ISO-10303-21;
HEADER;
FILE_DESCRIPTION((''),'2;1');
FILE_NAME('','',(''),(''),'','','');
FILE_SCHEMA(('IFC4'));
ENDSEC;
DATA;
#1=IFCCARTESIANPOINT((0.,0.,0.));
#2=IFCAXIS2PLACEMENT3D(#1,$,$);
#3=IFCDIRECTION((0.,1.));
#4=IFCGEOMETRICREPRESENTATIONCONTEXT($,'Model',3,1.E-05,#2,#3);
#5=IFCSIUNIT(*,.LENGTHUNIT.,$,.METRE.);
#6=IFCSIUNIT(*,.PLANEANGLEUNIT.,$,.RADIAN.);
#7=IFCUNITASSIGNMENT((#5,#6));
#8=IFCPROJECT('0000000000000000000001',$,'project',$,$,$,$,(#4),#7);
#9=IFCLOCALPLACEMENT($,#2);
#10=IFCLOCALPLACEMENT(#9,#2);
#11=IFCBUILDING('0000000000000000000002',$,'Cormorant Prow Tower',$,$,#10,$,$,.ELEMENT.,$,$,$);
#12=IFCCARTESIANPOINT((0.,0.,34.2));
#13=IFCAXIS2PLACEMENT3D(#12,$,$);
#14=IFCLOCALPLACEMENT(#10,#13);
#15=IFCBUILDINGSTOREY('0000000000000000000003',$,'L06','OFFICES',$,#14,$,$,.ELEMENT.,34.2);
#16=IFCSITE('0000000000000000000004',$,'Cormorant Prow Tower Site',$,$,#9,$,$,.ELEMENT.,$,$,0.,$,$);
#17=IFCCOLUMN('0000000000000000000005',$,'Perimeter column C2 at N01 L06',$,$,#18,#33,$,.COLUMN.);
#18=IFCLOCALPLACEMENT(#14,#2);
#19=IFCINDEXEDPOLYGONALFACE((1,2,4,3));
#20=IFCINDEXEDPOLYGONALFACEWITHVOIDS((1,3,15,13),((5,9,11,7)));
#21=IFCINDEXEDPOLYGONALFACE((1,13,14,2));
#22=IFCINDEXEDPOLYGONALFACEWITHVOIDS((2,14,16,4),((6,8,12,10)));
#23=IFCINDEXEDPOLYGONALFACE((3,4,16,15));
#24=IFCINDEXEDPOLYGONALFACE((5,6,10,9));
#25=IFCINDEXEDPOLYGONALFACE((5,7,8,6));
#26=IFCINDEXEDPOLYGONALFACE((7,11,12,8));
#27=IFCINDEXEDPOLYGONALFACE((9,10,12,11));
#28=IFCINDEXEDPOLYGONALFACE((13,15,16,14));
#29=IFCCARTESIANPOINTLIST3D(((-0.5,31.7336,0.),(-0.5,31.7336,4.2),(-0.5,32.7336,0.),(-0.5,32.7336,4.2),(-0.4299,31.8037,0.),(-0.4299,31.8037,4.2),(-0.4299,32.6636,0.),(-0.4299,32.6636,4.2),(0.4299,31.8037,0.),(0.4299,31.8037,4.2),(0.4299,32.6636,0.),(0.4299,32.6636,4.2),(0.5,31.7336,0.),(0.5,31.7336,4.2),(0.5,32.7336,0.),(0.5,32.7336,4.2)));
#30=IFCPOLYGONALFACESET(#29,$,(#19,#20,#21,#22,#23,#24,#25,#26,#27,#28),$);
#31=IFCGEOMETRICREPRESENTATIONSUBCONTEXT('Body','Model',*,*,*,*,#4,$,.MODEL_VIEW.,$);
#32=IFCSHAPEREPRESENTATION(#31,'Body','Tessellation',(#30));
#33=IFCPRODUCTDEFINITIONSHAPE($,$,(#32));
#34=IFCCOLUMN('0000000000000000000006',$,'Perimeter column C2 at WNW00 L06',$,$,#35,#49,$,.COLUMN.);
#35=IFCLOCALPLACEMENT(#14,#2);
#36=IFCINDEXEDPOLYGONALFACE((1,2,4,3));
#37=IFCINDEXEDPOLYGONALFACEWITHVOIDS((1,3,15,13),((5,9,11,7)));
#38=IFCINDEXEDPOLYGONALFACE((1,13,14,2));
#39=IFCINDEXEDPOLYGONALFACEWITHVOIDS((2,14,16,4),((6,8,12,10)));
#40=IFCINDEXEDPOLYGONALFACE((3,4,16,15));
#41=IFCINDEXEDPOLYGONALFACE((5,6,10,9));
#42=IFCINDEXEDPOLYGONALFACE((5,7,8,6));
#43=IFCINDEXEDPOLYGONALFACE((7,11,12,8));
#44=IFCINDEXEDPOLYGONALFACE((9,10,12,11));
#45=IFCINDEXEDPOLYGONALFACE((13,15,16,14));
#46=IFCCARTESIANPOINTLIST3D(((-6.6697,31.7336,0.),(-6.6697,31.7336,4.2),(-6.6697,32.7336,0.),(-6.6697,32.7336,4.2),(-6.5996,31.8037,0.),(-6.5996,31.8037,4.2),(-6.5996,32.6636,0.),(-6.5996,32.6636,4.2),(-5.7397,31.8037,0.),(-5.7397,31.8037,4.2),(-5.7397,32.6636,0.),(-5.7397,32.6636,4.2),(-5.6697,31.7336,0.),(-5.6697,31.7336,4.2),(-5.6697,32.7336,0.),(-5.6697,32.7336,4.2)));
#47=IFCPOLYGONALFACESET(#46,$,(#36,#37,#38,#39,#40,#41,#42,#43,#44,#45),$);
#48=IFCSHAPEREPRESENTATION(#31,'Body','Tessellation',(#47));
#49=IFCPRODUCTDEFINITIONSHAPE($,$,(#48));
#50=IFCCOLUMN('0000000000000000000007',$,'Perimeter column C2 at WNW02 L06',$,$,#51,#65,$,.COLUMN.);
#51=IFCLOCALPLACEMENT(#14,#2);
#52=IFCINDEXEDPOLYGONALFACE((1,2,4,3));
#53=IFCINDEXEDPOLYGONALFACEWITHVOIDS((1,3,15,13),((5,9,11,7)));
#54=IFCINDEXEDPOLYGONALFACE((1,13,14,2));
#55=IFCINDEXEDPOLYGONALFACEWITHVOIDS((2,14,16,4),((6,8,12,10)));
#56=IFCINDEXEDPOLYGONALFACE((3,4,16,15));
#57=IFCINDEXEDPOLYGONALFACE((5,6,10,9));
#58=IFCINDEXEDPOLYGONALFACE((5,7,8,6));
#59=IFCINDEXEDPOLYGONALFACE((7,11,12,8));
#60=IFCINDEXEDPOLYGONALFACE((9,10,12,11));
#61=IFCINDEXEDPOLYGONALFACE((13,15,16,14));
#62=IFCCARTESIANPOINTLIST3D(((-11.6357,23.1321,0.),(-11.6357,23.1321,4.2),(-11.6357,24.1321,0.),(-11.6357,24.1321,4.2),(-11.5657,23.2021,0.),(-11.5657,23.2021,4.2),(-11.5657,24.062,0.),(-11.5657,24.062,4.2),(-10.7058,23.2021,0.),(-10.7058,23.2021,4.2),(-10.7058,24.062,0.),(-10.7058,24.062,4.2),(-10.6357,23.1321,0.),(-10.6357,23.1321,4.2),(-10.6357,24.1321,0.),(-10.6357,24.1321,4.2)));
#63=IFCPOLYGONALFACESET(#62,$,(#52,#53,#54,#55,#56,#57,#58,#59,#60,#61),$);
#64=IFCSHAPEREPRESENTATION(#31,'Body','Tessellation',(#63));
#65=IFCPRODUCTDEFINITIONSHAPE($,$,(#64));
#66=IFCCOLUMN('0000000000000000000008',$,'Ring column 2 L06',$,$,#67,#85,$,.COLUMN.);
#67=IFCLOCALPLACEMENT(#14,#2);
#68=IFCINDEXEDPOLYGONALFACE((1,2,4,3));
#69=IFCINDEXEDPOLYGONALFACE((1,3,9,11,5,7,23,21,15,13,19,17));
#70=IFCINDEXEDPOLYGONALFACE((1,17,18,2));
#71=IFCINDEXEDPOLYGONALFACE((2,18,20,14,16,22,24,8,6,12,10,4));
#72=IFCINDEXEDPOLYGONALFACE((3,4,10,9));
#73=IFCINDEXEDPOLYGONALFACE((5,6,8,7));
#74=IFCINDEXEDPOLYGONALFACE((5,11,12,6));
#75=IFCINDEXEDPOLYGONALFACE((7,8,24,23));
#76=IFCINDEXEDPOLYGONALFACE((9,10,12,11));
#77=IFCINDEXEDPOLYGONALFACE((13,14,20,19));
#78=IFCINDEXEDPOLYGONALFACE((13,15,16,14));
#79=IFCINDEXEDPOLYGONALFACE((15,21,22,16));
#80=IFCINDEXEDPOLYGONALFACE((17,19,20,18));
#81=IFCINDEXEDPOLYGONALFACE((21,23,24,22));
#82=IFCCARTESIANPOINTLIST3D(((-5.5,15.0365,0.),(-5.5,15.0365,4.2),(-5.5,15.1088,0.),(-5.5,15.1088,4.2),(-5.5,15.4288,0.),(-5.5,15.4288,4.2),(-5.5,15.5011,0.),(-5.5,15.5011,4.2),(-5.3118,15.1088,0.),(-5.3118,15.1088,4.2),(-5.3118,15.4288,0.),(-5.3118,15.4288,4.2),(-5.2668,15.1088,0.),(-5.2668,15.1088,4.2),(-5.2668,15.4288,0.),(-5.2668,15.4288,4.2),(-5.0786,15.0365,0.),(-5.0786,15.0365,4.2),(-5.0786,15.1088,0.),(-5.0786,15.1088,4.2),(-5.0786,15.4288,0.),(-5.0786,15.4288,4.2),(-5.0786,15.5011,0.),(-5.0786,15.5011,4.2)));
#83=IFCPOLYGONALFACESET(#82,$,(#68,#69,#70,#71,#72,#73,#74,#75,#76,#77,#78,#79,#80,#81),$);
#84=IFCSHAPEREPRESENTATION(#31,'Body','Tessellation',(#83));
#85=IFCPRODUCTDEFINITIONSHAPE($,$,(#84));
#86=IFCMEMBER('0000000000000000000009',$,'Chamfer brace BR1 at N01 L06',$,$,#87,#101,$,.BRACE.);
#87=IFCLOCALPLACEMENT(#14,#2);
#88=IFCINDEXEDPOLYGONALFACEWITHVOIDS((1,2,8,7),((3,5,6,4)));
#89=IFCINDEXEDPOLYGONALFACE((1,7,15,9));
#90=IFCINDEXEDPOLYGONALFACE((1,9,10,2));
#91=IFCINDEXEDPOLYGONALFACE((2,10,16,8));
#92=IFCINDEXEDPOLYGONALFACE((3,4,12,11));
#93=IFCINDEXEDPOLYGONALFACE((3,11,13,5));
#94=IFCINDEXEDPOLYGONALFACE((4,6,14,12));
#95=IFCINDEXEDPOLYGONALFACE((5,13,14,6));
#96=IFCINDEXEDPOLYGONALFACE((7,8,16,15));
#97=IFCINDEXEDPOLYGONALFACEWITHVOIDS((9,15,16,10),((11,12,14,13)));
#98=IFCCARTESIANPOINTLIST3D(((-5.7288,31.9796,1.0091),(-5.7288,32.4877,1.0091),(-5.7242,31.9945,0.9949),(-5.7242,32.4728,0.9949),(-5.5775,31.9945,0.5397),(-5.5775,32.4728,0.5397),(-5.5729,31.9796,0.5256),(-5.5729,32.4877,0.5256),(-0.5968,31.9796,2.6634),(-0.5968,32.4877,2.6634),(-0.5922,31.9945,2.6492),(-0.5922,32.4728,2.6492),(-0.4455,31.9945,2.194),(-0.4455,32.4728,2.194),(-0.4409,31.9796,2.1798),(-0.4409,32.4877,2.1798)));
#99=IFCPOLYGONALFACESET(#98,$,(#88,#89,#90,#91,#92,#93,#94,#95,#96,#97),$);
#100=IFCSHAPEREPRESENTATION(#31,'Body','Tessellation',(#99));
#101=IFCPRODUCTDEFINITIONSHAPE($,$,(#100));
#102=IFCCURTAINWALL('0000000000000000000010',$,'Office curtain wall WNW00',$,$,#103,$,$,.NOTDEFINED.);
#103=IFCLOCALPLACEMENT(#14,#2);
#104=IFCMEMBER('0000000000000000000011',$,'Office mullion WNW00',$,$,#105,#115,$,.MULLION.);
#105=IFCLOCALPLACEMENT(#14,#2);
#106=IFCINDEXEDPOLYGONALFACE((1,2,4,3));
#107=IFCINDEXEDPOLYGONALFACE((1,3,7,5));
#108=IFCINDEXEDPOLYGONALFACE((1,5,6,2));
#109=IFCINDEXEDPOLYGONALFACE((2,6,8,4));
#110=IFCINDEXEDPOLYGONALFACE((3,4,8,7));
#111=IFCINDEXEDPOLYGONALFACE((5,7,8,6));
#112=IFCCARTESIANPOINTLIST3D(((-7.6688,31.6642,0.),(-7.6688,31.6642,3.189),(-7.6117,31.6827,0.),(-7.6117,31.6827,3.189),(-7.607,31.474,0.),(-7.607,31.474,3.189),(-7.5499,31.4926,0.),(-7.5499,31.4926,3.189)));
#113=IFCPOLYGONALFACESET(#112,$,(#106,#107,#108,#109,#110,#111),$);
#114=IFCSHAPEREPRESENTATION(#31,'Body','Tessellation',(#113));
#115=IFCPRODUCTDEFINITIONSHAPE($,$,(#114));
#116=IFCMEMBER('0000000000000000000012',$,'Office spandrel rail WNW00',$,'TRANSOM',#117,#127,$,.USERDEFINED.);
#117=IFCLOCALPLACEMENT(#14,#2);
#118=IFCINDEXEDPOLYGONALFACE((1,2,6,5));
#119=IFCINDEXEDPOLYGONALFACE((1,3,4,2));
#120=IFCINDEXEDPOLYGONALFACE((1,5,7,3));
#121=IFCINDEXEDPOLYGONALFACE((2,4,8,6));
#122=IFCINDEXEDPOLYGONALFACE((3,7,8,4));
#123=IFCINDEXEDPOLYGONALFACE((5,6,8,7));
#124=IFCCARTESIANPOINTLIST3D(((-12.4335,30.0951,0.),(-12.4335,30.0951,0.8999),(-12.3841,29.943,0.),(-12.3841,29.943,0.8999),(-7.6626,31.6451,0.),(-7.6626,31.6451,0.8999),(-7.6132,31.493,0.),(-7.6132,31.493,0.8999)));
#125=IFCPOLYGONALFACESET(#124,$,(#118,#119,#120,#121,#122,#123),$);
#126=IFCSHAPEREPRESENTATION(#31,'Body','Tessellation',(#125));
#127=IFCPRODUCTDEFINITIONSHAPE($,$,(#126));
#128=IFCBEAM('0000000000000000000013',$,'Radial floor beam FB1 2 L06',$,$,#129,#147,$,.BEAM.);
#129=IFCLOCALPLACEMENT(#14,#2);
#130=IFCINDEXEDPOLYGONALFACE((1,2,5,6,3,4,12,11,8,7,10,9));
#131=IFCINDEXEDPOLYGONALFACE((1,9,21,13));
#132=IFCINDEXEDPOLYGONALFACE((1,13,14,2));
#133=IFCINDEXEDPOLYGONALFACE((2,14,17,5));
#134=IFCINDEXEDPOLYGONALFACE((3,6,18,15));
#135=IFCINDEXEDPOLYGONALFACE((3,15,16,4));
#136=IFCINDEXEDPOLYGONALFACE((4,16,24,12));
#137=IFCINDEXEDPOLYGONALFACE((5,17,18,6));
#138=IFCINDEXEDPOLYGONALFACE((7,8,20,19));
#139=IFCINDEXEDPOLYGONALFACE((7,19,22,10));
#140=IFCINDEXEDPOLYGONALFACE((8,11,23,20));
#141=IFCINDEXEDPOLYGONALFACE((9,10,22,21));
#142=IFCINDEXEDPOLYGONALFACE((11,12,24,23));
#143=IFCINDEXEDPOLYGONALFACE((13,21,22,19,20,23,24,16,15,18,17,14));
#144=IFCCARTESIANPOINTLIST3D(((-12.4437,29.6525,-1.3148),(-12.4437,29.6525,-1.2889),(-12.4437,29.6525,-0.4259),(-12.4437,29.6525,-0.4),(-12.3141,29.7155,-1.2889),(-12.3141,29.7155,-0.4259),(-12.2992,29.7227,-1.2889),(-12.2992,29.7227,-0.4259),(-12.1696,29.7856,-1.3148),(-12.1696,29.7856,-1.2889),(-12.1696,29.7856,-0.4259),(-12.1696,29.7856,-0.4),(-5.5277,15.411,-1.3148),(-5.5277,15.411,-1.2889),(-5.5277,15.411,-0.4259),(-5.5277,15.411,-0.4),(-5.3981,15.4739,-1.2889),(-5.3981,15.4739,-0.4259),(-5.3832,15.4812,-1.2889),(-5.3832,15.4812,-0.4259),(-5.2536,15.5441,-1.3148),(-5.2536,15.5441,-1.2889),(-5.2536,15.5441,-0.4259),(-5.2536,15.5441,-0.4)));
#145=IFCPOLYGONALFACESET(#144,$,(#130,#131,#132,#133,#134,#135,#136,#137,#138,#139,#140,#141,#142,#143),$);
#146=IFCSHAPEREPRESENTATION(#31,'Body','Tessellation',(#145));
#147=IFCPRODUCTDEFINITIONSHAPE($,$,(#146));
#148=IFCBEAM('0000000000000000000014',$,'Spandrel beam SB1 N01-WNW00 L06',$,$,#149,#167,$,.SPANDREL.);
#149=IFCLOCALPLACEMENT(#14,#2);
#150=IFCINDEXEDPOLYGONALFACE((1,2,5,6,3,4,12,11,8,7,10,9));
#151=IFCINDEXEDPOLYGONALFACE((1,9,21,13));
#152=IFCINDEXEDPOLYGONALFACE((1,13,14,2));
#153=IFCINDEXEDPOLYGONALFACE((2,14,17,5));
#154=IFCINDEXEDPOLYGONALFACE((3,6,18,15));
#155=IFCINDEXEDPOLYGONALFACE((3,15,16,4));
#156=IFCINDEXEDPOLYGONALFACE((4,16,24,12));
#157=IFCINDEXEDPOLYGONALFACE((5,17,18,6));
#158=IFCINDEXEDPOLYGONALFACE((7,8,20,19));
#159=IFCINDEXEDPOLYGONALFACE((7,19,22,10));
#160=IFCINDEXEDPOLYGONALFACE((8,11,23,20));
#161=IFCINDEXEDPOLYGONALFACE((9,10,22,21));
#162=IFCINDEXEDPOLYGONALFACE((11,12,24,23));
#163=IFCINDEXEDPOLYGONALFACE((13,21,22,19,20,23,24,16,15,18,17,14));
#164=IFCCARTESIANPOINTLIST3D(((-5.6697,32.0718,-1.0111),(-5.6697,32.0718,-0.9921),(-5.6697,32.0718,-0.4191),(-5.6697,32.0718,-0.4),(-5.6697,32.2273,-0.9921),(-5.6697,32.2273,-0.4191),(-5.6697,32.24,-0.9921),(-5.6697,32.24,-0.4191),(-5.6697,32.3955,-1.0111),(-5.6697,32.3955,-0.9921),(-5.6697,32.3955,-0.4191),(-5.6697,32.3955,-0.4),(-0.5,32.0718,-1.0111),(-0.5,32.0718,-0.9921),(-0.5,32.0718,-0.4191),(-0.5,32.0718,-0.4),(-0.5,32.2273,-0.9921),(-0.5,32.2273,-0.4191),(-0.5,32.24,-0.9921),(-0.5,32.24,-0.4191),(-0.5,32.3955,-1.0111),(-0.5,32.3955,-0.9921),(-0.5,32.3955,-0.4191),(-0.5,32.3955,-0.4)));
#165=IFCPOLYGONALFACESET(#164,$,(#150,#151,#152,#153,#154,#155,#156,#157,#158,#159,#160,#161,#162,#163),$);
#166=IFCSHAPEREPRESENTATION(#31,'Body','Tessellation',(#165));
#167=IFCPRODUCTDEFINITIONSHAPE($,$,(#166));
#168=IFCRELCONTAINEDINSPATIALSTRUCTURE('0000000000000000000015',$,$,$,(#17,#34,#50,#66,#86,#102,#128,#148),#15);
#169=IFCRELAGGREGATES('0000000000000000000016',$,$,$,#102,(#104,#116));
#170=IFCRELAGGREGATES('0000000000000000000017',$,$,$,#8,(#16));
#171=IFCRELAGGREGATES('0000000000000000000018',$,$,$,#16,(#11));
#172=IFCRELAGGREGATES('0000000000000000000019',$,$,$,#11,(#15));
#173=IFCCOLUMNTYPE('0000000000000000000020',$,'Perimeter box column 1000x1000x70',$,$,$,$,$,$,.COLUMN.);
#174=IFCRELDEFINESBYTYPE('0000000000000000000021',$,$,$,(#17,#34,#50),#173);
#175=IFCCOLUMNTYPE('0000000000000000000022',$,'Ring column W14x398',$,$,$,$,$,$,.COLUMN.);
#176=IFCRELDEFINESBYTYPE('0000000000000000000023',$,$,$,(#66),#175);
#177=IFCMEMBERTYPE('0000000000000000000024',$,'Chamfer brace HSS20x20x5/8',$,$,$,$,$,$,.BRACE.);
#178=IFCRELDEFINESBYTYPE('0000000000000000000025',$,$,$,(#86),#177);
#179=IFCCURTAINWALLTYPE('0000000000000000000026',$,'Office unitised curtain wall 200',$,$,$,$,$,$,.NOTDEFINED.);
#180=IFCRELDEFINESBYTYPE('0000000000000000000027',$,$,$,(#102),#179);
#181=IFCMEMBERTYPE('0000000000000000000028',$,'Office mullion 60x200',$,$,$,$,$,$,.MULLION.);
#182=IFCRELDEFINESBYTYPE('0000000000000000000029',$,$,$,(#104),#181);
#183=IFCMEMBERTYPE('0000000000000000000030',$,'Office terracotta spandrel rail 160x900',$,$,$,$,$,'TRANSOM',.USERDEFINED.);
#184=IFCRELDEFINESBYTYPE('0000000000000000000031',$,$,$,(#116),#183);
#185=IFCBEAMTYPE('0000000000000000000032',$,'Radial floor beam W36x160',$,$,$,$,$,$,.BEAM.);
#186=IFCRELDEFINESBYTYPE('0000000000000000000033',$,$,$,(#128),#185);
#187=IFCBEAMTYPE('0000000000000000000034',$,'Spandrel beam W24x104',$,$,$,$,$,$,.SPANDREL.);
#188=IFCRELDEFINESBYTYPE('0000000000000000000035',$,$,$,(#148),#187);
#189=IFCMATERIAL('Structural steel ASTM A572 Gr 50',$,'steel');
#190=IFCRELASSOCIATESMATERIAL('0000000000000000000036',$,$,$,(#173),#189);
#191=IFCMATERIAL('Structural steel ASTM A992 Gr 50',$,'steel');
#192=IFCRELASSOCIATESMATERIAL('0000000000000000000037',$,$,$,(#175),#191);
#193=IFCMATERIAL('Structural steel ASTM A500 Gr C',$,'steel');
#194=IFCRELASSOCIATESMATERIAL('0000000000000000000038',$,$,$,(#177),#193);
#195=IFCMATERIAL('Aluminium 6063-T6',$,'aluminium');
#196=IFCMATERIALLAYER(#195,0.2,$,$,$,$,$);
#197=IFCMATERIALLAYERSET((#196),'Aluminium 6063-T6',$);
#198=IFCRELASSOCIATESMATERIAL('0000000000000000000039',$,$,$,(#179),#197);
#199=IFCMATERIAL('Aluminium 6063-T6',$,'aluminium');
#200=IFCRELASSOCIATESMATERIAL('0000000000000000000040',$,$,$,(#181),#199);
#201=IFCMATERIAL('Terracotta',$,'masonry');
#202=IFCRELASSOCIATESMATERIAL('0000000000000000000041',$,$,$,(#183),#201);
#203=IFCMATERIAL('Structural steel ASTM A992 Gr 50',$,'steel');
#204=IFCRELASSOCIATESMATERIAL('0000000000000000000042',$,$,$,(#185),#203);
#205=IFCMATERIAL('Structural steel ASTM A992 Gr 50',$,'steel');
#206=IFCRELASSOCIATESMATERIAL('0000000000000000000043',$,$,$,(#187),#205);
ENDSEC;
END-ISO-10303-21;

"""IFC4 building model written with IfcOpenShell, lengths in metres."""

from ifc_helpers import new_model, si_unit, direction, frame, origin, origin_2d, place, context, subcontext, project, spatial, rectangle, hollow_rectangle, i_section, extrude, material, layer, layer_set, material_profile, profile_set, type_object, element, aggregate, save


model = new_model("IFC4")

# Units and contexts
model_context = context("Model", 3, precision=1e-05, world=origin(), true_north=direction((0.0, 1.0)))
body_context = subcontext(model_context, "Body", "Model", "MODEL_VIEW")
ifc_project = project(units=[si_unit("LENGTHUNIT", "METRE"), si_unit("PLANEANGLEUNIT", "RADIAN")], contexts=[model_context])

# Site, building, storey
site_placement = place(None, origin())
site = spatial("IfcSite", under=ifc_project, at=site_placement, Name="Cormorant Prow Tower Site", CompositionType="ELEMENT", RefElevation=0.0)
building_placement = place(site_placement, origin())
building = spatial("IfcBuilding", under=site, at=building_placement, Name="Cormorant Prow Tower", CompositionType="ELEMENT")
storey_placement = place(building_placement, frame((0.0, 0.0, 34.2)))
storey = spatial("IfcBuildingStorey", under=building, at=storey_placement, Name="L06", Description="OFFICES", CompositionType="ELEMENT", Elevation=34.2)

# Columns
ifc_material_1 = material(Name="Structural steel ASTM A572 Gr 50", Category="steel")
ifc_material_profile_1 = material_profile(ifc_material_1, hollow_rectangle(XDim=1.0, YDim=1.0, WallThickness=0.0701, at=origin_2d()), Name="Box 1000x1000x70")
ifc_profile_set_1 = profile_set([ifc_material_profile_1], Name="Structural steel ASTM A572 Gr 50")
column_type_1 = type_object("IfcColumnType", Name="Perimeter box column 1000x1000x70", PredefinedType="COLUMN", material=ifc_profile_set_1)
for number, where, z_axis, x_axis, name in (
    (1, (0.0, 32.2336, 0.0), (0.0, 0.0, 1.0), (1.0, 0.0, 0.0), "Perimeter column C2 at N01 L06"),
    (2, (-6.1697, 32.2336, 0.0), (0.0, 0.0, 1.0), (1.0, 0.0, 0.0), "Perimeter column C2 at WNW00 L06"),
    (3, (-11.1357, 23.6321, 0.0), (0.0, 0.0, 1.0), (1.0, 0.0, 0.0), "Perimeter column C2 at WNW02 L06"),
):
    element("IfcColumn", number, at=place(storey_placement, frame(where, z_axis=z_axis, x_axis=x_axis)), inside=storey, type_object=column_type_1, Name=name, PredefinedType="COLUMN", context=body_context, shape_type="SweptSolid", body=[
        extrude(hollow_rectangle(XDim=1.0, YDim=1.0, WallThickness=0.0701, at=origin_2d()), origin(), (0.0, 0.0, 1.0), 4.2),
    ])
ifc_material_2 = material(Name="Structural steel ASTM A992 Gr 50", Category="steel")
ifc_material_profile_2 = material_profile(ifc_material_2, i_section(OverallWidth=0.4214, OverallDepth=0.4646, WebThickness=0.0449, FlangeThickness=0.0723, at=origin_2d()), Name="W14x398")
ifc_profile_set_2 = profile_set([ifc_material_profile_2], Name="Structural steel ASTM A992 Gr 50")
column_type_2 = type_object("IfcColumnType", Name="Ring column W14x398", PredefinedType="COLUMN", material=ifc_profile_set_2)
column_placement = place(storey_placement, frame((-5.2893, 15.2688, 0.0), z_axis=(0.0, 0.0, 1.0), x_axis=(1.0, 0.0, 0.0)))
element("IfcColumn", 4, at=column_placement, inside=storey, type_object=column_type_2, Name="Ring column 2 L06", PredefinedType="COLUMN", context=body_context, shape_type="SweptSolid", body=[
    extrude(i_section(OverallWidth=0.4214, OverallDepth=0.4646, WebThickness=0.0449, FlangeThickness=0.0723, at=origin_2d()), origin(), (0.0, 0.0, 1.0), 4.2),
])

# Member
ifc_material_3 = material(Name="Structural steel ASTM A500 Gr C", Category="steel")
ifc_material_profile_3 = material_profile(ifc_material_3, hollow_rectangle(XDim=0.5081, YDim=0.5081, WallThickness=0.0149, at=origin_2d()), Name="HSS20x20x5/8")
ifc_profile_set_3 = profile_set([ifc_material_profile_3], Name="Structural steel ASTM A500 Gr C")
member_type_1 = type_object("IfcMemberType", Name="Chamfer brace HSS20x20x5/8", PredefinedType="BRACE", material=ifc_profile_set_3)
member_1_placement = place(storey_placement, frame((-5.6509, 32.2336, 0.7673), z_axis=(0.951774, 0.0, 0.306799), x_axis=(0.0, 1.0, 0.0)))
element("IfcMember", 5, at=member_1_placement, inside=storey, type_object=member_type_1, Name="Chamfer brace BR1 at N01 L06", PredefinedType="BRACE", context=body_context, shape_type="SweptSolid", body=[
    extrude(hollow_rectangle(XDim=0.5081, YDim=0.5081, WallThickness=0.0149, at=origin_2d()), origin(), (0.0, 0.0, 1.0), 5.3921),
])

# Curtain wall, members
ifc_material_4 = material(Name="Aluminium 6063-T6", Category="aluminium")
ifc_layer_1 = layer(ifc_material_4, 0.2)
ifc_layer_set_1 = layer_set([ifc_layer_1], Name="Aluminium 6063-T6")
curtain_wall_type = type_object("IfcCurtainWallType", Name="Office unitised curtain wall 200", PredefinedType="NOTDEFINED", material=ifc_layer_set_1)
curtain_wall_placement = place(storey_placement, origin())
curtain_wall = element("IfcCurtainWall", 6, at=curtain_wall_placement, inside=storey, type_object=curtain_wall_type, Name="Office curtain wall WNW00", PredefinedType="NOTDEFINED")
ifc_material_5 = material(Name="Aluminium 6063-T6", Category="aluminium")
ifc_material_profile_4 = material_profile(ifc_material_5, rectangle(XDim=0.2, YDim=0.0601, at=origin_2d()), Name="Office mullion 60x200")
ifc_profile_set_4 = profile_set([ifc_material_profile_4], Name="Aluminium 6063-T6")
member_type_2 = type_object("IfcMemberType", Name="Office mullion 60x200", PredefinedType="MULLION", material=ifc_profile_set_4)
member_2_placement = place(storey_placement, frame((-7.6094, 31.5784, 0.0), z_axis=(0.0, 0.0, 1.0), x_axis=(0.309017, -0.951057, 0.0)))
member_2 = element("IfcMember", 7, at=member_2_placement, type_object=member_type_2, Name="Office mullion WNW00", PredefinedType="MULLION", context=body_context, shape_type="SweptSolid", body=[
    extrude(rectangle(XDim=0.2, YDim=0.0601, at=origin_2d()), origin(), (0.0, 0.0, 1.0), 3.189),
])
ifc_material_6 = material(Name="Terracotta", Category="masonry")
ifc_material_profile_5 = material_profile(ifc_material_6, rectangle(XDim=0.1599, YDim=0.8999, at=origin_2d()), Name="Office terracotta spandrel rail 160x900")
ifc_profile_set_5 = profile_set([ifc_material_profile_5], Name="Terracotta")
member_type_3 = type_object("IfcMemberType", Name="Office terracotta spandrel rail 160x900", ElementType="TRANSOM", PredefinedType="USERDEFINED", material=ifc_profile_set_5)
member_3_placement = place(storey_placement, frame((-7.6379, 31.5691, 0.45), z_axis=(-0.951065, -0.308991, 0.0), x_axis=(0.308991, -0.951065, 0.0)))
member_3 = element("IfcMember", 8, at=member_3_placement, type_object=member_type_3, Name="Office spandrel rail WNW00", ObjectType="TRANSOM", PredefinedType="USERDEFINED", context=body_context, shape_type="SweptSolid", body=[
    extrude(rectangle(XDim=0.1599, YDim=0.8999, at=origin_2d()), origin(), (0.0, 0.0, 1.0), 5.0164),
])

# Beams
ifc_material_7 = material(Name="Structural steel ASTM A992 Gr 50", Category="steel")
ifc_material_profile_6 = material_profile(ifc_material_7, i_section(OverallWidth=0.3047, OverallDepth=0.9148, WebThickness=0.0166, FlangeThickness=0.0259, at=origin_2d()), Name="W36x160")
ifc_profile_set_6 = profile_set([ifc_material_profile_6], Name="Structural steel ASTM A992 Gr 50")
beam_type_1 = type_object("IfcBeamType", Name="Radial floor beam W36x160", PredefinedType="BEAM", material=ifc_profile_set_6)
beam_1_placement = place(storey_placement, frame((-5.3906, 15.4775, -0.8574), z_axis=(-0.436839, 0.899539, 0.0), x_axis=(-0.899539, -0.436839, 0.0)))
element("IfcBeam", 9, at=beam_1_placement, inside=storey, type_object=beam_type_1, Name="Radial floor beam FB1 2 L06", PredefinedType="BEAM", context=body_context, shape_type="SweptSolid", body=[
    extrude(i_section(OverallWidth=0.3047, OverallDepth=0.9148, WebThickness=0.0166, FlangeThickness=0.0259, at=origin_2d()), origin(), (0.0, 0.0, 1.0), 15.832),
])
ifc_material_8 = material(Name="Structural steel ASTM A992 Gr 50", Category="steel")
ifc_material_profile_7 = material_profile(ifc_material_8, i_section(OverallWidth=0.3237, OverallDepth=0.6111, WebThickness=0.0127, FlangeThickness=0.019, at=origin_2d()), Name="W24x104")
ifc_profile_set_7 = profile_set([ifc_material_profile_7], Name="Structural steel ASTM A992 Gr 50")
beam_type_2 = type_object("IfcBeamType", Name="Spandrel beam W24x104", PredefinedType="SPANDREL", material=ifc_profile_set_7)
beam_2_placement = place(storey_placement, frame((-0.5, 32.2336, -0.7056), z_axis=(-1.0, 0.0, 0.0), x_axis=(0.0, -1.0, 0.0)))
element("IfcBeam", 10, at=beam_2_placement, inside=storey, type_object=beam_type_2, Name="Spandrel beam SB1 N01-WNW00 L06", PredefinedType="SPANDREL", context=body_context, shape_type="SweptSolid", body=[
    extrude(i_section(OverallWidth=0.3237, OverallDepth=0.6111, WebThickness=0.0127, FlangeThickness=0.019, at=origin_2d()), origin(), (0.0, 0.0, 1.0), 5.1697),
])

aggregate(curtain_wall, [member_2, member_3])

save(model, "model.ifc")
